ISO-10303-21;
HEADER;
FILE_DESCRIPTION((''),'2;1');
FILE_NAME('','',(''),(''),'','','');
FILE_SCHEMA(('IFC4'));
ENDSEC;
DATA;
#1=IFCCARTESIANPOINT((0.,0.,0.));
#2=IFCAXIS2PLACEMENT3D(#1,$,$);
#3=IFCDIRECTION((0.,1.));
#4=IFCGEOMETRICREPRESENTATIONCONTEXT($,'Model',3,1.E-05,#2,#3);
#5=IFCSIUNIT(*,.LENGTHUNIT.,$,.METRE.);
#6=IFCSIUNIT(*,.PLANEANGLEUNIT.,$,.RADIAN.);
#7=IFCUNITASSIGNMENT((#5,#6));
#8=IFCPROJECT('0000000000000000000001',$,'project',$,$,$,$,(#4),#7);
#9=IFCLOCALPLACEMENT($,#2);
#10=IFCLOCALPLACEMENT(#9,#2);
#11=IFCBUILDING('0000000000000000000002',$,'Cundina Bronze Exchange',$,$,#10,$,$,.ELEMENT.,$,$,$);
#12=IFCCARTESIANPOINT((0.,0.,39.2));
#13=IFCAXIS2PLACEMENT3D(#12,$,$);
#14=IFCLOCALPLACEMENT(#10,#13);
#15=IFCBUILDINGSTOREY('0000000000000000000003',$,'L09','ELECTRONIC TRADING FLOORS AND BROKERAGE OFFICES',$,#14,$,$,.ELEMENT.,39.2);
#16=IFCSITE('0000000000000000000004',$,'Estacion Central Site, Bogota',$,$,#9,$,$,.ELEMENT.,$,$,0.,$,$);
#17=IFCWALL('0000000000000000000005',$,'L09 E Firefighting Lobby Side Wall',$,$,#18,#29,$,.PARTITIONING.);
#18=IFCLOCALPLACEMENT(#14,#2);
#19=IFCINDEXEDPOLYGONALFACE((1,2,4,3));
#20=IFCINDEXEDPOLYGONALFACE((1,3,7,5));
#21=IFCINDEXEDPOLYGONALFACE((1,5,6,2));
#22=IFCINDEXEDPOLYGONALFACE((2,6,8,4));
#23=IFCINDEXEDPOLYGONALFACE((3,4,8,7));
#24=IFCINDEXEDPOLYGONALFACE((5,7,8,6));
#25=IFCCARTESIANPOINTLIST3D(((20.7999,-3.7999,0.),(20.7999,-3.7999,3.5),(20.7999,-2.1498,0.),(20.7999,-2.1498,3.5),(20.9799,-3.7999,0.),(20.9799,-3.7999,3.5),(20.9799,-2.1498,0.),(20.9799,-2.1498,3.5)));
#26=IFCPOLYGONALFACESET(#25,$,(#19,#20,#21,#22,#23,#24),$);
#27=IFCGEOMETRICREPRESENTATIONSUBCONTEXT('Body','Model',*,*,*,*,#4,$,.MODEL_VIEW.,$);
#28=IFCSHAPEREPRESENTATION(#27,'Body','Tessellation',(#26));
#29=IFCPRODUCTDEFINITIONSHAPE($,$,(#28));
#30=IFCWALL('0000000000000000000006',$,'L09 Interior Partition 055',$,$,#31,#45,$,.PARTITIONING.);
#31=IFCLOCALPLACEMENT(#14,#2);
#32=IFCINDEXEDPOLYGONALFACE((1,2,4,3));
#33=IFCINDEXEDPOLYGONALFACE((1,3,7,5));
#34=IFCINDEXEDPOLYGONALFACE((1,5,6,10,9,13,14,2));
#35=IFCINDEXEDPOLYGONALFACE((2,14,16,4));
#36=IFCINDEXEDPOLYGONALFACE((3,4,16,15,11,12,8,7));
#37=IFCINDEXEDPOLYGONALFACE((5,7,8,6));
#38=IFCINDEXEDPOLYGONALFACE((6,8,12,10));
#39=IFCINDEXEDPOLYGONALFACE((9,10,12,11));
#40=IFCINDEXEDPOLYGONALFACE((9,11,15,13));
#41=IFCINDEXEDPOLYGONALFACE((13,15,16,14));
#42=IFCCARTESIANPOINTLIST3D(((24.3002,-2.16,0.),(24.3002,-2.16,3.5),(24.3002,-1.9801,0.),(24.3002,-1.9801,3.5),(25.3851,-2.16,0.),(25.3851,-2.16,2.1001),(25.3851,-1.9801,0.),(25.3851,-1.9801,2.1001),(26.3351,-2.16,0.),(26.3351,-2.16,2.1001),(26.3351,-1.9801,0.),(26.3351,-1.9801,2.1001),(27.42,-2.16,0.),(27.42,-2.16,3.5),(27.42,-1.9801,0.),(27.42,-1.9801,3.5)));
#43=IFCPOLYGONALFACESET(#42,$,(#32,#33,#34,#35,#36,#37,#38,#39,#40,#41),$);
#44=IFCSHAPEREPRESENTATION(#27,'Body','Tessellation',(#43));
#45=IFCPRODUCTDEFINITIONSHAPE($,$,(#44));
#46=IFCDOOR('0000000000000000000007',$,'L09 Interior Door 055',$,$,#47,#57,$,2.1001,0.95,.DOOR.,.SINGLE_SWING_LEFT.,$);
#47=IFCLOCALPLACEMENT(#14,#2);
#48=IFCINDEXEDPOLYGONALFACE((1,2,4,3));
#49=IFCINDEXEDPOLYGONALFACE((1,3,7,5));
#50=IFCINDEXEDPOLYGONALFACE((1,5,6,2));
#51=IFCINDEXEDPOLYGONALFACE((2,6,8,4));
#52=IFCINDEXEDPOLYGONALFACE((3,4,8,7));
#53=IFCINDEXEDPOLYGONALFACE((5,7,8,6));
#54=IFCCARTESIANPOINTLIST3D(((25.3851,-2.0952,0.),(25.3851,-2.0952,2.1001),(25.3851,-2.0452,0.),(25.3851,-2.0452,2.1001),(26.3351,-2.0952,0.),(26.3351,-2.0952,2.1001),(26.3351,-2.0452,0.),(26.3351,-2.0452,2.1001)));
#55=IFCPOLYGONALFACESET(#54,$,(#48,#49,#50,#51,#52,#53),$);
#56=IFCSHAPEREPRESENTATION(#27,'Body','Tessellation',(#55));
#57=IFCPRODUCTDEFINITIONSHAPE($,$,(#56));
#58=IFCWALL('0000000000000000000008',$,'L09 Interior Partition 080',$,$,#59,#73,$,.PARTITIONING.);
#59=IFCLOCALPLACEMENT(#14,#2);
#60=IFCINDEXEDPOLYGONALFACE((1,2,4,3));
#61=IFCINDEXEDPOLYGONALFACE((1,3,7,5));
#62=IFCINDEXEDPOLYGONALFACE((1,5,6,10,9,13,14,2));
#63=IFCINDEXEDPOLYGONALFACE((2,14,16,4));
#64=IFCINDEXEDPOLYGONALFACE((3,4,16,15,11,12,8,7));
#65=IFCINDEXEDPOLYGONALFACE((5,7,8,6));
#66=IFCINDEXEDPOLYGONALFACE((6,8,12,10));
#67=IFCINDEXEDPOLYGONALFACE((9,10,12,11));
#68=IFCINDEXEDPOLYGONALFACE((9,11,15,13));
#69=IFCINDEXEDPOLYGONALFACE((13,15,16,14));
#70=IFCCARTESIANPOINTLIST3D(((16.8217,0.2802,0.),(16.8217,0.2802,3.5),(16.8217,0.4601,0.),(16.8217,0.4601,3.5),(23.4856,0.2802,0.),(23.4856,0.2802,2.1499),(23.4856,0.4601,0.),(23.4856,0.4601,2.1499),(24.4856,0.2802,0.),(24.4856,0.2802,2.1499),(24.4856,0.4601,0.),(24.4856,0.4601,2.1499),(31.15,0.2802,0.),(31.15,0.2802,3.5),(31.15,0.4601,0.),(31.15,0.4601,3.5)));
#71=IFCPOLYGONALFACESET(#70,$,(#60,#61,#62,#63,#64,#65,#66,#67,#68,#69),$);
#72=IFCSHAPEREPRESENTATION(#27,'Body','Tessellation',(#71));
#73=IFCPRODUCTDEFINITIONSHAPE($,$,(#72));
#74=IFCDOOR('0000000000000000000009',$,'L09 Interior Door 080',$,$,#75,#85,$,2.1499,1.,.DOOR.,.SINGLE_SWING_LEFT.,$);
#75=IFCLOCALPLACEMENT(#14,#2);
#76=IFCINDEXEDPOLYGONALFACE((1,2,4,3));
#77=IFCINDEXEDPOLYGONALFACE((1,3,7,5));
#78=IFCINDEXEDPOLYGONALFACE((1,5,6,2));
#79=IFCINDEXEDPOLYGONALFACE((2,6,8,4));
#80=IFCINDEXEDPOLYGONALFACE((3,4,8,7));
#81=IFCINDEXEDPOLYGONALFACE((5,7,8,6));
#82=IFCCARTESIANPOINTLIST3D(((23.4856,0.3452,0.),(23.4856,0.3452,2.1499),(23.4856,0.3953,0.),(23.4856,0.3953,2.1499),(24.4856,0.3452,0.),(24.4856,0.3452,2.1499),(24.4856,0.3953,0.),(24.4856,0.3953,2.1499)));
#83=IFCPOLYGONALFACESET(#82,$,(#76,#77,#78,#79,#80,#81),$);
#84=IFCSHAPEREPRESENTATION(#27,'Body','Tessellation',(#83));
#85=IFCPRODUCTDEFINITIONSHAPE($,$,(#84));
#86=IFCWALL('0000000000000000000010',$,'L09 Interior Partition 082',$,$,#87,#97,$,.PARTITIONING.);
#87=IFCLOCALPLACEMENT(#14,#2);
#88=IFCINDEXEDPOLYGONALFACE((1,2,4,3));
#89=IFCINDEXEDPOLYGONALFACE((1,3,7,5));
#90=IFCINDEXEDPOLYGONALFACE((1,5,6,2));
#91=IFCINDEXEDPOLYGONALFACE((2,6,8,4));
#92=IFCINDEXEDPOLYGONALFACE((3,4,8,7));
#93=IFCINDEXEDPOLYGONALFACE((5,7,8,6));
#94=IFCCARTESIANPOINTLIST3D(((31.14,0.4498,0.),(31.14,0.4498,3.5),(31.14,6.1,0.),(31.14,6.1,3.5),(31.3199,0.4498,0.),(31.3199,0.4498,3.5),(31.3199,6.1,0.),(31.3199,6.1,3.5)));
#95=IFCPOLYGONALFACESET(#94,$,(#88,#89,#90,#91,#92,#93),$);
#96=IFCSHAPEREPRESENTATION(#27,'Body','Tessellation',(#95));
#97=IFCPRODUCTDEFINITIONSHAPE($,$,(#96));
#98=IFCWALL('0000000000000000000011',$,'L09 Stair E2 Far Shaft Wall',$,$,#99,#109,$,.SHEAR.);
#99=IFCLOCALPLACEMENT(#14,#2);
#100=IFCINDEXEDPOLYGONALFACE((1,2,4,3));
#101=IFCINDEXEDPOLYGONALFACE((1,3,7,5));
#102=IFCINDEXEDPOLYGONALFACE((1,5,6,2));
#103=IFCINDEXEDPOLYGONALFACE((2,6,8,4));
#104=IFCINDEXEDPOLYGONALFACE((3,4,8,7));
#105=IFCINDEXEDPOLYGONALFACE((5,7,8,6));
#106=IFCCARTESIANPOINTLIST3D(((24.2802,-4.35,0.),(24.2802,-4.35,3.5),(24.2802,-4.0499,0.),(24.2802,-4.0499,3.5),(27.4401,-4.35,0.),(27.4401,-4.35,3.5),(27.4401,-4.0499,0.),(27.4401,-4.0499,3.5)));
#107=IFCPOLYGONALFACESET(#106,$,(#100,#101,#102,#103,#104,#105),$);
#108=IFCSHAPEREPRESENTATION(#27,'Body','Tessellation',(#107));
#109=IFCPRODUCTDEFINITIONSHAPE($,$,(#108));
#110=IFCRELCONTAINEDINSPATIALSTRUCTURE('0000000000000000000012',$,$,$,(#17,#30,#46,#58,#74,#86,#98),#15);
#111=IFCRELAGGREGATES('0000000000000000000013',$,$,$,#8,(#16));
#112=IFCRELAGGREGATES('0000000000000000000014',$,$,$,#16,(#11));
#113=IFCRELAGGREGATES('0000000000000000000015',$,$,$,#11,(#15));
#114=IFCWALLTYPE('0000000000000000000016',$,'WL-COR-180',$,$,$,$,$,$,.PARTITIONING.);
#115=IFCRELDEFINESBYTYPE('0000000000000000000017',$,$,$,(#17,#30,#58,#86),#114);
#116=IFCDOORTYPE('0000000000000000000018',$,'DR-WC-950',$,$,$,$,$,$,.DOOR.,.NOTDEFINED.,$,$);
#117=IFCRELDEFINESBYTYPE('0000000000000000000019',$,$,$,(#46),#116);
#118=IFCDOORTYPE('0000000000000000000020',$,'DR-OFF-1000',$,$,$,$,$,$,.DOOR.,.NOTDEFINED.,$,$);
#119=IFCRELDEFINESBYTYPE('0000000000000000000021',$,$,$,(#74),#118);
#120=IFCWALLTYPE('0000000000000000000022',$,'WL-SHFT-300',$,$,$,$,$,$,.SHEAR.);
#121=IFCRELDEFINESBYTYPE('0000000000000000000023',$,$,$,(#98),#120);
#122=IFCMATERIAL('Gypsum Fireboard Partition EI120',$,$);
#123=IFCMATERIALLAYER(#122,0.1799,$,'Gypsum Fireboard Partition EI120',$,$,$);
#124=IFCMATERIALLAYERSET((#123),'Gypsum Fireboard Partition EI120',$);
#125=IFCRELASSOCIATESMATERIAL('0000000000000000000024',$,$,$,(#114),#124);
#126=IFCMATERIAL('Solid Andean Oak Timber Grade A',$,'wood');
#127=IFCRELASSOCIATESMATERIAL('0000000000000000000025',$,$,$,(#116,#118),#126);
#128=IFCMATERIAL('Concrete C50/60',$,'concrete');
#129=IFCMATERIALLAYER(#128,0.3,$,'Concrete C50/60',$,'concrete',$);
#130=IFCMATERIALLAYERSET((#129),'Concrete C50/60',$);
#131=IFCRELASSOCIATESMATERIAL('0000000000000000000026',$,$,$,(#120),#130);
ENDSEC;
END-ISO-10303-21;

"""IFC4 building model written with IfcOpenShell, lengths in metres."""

from ifc_helpers import new_model, si_unit, direction, frame, frame_2d, origin, place, context, subcontext, project, spatial, rectangle, extrude, material, layer, layer_set, type_object, element, fill, save


model = new_model("IFC4")

# Units and contexts
model_context = context("Model", 3, precision=1e-05, world=origin(), true_north=direction((0.0, 1.0)))
body_context = subcontext(model_context, "Body", "Model", "MODEL_VIEW")
ifc_project = project(units=[si_unit("LENGTHUNIT", "METRE"), si_unit("PLANEANGLEUNIT", "RADIAN")], contexts=[model_context])

# Site, building, storey
site_placement = place(None, origin())
site = spatial("IfcSite", under=ifc_project, at=site_placement, Name="Estacion Central Site, Bogota", CompositionType="ELEMENT", RefElevation=0.0)
building_placement = place(site_placement, origin())
building = spatial("IfcBuilding", under=site, at=building_placement, Name="Cundina Bronze Exchange", CompositionType="ELEMENT")
storey_placement = place(building_placement, frame((0.0, 0.0, 39.2)))
storey = spatial("IfcBuildingStorey", under=building, at=storey_placement, Name="L09", Description="ELECTRONIC TRADING FLOORS AND BROKERAGE OFFICES", CompositionType="ELEMENT", Elevation=39.2)

# Wall
ifc_material_1 = material(Name="Gypsum Fireboard Partition EI120")
ifc_layer_1 = layer(ifc_material_1, 0.1799, Name="Gypsum Fireboard Partition EI120")
ifc_layer_set_1 = layer_set([ifc_layer_1], Name="Gypsum Fireboard Partition EI120")
wall_type_1 = type_object("IfcWallType", Name="WL-COR-180", PredefinedType="PARTITIONING", material=ifc_layer_set_1)
wall_1_placement = place(storey_placement, frame((20.8899, -3.8, 0.0), z_axis=(0.0, 0.0, 1.0), x_axis=(0.0, 1.0, 0.0)))
element("IfcWall", 1, at=wall_1_placement, inside=storey, type_object=wall_type_1, Name="L09 E Firefighting Lobby Side Wall", PredefinedType="PARTITIONING", context=body_context, shape_type="SweptSolid", body=[
    extrude(rectangle(XDim=1.6501, YDim=0.1799, at=frame_2d((0.8252, 0.0))), origin(), (0.0, 0.0, 1.0), 3.5),
])

# Walls, openings, doors
wall_2_placement = place(storey_placement, frame((24.3, -2.0701, 0.0), z_axis=(0.0, 0.0, 1.0), x_axis=(1.0, 0.0, 0.0)))
wall_2 = element("IfcWall", 2, at=wall_2_placement, inside=storey, type_object=wall_type_1, Name="L09 Interior Partition 055", PredefinedType="PARTITIONING", context=body_context, shape_type="SweptSolid", body=[
    extrude(rectangle(XDim=3.1199, YDim=0.1799, at=frame_2d((1.5601, 0.0))), origin(), (0.0, 0.0, 1.0), 3.5),
])
opening_1_placement = place(wall_2_placement, frame((1.085, 0.0, 0.0)))
opening_1 = element("IfcOpeningElement", 3, at=opening_1_placement, cuts=wall_2, PredefinedType="OPENING", context=body_context, shape_type="SweptSolid", body=[
    extrude(rectangle(XDim=0.95, YDim=2.1001, at=frame_2d((0.4751, 1.05))), frame((0.0, 0.0999, 0.0), z_axis=(0.0, -1.0, 0.0), x_axis=(1.0, 0.0, 0.0)), (0.0, 0.0, 1.0), 0.2),
])
ifc_material_2 = material(Name="Solid Andean Oak Timber Grade A", Category="wood")
door_type_1 = type_object("IfcDoorType", Name="DR-WC-950", OperationType="NOTDEFINED", PredefinedType="DOOR", material=ifc_material_2)
door_1_placement = place(opening_1_placement, origin())
door_1 = element("IfcDoor", 4, at=door_1_placement, inside=storey, type_object=door_type_1, Name="L09 Interior Door 055", OperationType="SINGLE_SWING_LEFT", OverallHeight=2.1001, OverallWidth=0.95, PredefinedType="DOOR", context=body_context, shape_type="SweptSolid", body=[
    extrude(rectangle(XDim=0.95, YDim=2.1001, at=frame_2d((0.4751, 1.05))), frame((0.0, 0.0249, 0.0), z_axis=(0.0, -1.0, 0.0), x_axis=(1.0, 0.0, 0.0)), (0.0, 0.0, 1.0), 0.05),
])
fill(opening_1, door_1)
wall_3_placement = place(storey_placement, frame((31.1499, 0.3701, 0.0), z_axis=(0.0, 0.0, 1.0), x_axis=(-1.0, 0.0, 0.0)))
wall_3 = element("IfcWall", 5, at=wall_3_placement, inside=storey, type_object=wall_type_1, Name="L09 Interior Partition 080", PredefinedType="PARTITIONING", context=body_context, shape_type="SweptSolid", body=[
    extrude(rectangle(XDim=14.3284, YDim=0.1799, at=frame_2d((7.1641, 0.0))), origin(), (0.0, 0.0, 1.0), 3.5),
])
opening_2_placement = place(wall_3_placement, frame((6.6643, 0.0, 0.0)))
opening_2 = element("IfcOpeningElement", 6, at=opening_2_placement, cuts=wall_3, PredefinedType="OPENING", context=body_context, shape_type="SweptSolid", body=[
    extrude(rectangle(XDim=1.0, YDim=2.1499, at=frame_2d((0.5, 1.075))), frame((0.0, 0.0999, 0.0), z_axis=(0.0, -1.0, 0.0), x_axis=(1.0, 0.0, 0.0)), (0.0, 0.0, 1.0), 0.2),
])
door_type_2 = type_object("IfcDoorType", Name="DR-OFF-1000", OperationType="NOTDEFINED", PredefinedType="DOOR", material=ifc_material_2)
door_2_placement = place(opening_2_placement, origin())
door_2 = element("IfcDoor", 7, at=door_2_placement, inside=storey, type_object=door_type_2, Name="L09 Interior Door 080", OperationType="SINGLE_SWING_LEFT", OverallHeight=2.1499, OverallWidth=1.0, PredefinedType="DOOR", context=body_context, shape_type="SweptSolid", body=[
    extrude(rectangle(XDim=1.0, YDim=2.1499, at=frame_2d((0.5, 1.075))), frame((0.0, 0.0249, 0.0), z_axis=(0.0, -1.0, 0.0), x_axis=(1.0, 0.0, 0.0)), (0.0, 0.0, 1.0), 0.05),
])
fill(opening_2, door_2)

# Wall
wall_4_placement = place(storey_placement, frame((31.23, 6.1001, 0.0), z_axis=(0.0, 0.0, 1.0), x_axis=(0.0, -1.0, 0.0)))
element("IfcWall", 8, at=wall_4_placement, inside=storey, type_object=wall_type_1, Name="L09 Interior Partition 082", PredefinedType="PARTITIONING", context=body_context, shape_type="SweptSolid", body=[
    extrude(rectangle(XDim=5.6501, YDim=0.1799, at=frame_2d((2.8252, 0.0))), origin(), (0.0, 0.0, 1.0), 3.5),
])

# Shared definitions
ifc_material_3 = material(Name="Concrete C50/60", Category="concrete")
ifc_layer_2 = layer(ifc_material_3, 0.3, Name="Concrete C50/60", Category="concrete")
ifc_layer_set_2 = layer_set([ifc_layer_2], Name="Concrete C50/60")
wall_type_2 = type_object("IfcWallType", Name="WL-SHFT-300", PredefinedType="SHEAR", material=ifc_layer_set_2)

# Wall
wall_5_placement = place(storey_placement, frame((24.28, -4.2, 0.0), z_axis=(0.0, 0.0, 1.0), x_axis=(1.0, 0.0, 0.0)))
element("IfcWall", 9, at=wall_5_placement, inside=storey, type_object=wall_type_2, Name="L09 Stair E2 Far Shaft Wall", PredefinedType="SHEAR", context=body_context, shape_type="SweptSolid", body=[
    extrude(rectangle(XDim=3.1599, YDim=0.3, at=frame_2d((1.5801, 0.0))), origin(), (0.0, 0.0, 1.0), 3.5),
])

save(model, "model.ifc")
